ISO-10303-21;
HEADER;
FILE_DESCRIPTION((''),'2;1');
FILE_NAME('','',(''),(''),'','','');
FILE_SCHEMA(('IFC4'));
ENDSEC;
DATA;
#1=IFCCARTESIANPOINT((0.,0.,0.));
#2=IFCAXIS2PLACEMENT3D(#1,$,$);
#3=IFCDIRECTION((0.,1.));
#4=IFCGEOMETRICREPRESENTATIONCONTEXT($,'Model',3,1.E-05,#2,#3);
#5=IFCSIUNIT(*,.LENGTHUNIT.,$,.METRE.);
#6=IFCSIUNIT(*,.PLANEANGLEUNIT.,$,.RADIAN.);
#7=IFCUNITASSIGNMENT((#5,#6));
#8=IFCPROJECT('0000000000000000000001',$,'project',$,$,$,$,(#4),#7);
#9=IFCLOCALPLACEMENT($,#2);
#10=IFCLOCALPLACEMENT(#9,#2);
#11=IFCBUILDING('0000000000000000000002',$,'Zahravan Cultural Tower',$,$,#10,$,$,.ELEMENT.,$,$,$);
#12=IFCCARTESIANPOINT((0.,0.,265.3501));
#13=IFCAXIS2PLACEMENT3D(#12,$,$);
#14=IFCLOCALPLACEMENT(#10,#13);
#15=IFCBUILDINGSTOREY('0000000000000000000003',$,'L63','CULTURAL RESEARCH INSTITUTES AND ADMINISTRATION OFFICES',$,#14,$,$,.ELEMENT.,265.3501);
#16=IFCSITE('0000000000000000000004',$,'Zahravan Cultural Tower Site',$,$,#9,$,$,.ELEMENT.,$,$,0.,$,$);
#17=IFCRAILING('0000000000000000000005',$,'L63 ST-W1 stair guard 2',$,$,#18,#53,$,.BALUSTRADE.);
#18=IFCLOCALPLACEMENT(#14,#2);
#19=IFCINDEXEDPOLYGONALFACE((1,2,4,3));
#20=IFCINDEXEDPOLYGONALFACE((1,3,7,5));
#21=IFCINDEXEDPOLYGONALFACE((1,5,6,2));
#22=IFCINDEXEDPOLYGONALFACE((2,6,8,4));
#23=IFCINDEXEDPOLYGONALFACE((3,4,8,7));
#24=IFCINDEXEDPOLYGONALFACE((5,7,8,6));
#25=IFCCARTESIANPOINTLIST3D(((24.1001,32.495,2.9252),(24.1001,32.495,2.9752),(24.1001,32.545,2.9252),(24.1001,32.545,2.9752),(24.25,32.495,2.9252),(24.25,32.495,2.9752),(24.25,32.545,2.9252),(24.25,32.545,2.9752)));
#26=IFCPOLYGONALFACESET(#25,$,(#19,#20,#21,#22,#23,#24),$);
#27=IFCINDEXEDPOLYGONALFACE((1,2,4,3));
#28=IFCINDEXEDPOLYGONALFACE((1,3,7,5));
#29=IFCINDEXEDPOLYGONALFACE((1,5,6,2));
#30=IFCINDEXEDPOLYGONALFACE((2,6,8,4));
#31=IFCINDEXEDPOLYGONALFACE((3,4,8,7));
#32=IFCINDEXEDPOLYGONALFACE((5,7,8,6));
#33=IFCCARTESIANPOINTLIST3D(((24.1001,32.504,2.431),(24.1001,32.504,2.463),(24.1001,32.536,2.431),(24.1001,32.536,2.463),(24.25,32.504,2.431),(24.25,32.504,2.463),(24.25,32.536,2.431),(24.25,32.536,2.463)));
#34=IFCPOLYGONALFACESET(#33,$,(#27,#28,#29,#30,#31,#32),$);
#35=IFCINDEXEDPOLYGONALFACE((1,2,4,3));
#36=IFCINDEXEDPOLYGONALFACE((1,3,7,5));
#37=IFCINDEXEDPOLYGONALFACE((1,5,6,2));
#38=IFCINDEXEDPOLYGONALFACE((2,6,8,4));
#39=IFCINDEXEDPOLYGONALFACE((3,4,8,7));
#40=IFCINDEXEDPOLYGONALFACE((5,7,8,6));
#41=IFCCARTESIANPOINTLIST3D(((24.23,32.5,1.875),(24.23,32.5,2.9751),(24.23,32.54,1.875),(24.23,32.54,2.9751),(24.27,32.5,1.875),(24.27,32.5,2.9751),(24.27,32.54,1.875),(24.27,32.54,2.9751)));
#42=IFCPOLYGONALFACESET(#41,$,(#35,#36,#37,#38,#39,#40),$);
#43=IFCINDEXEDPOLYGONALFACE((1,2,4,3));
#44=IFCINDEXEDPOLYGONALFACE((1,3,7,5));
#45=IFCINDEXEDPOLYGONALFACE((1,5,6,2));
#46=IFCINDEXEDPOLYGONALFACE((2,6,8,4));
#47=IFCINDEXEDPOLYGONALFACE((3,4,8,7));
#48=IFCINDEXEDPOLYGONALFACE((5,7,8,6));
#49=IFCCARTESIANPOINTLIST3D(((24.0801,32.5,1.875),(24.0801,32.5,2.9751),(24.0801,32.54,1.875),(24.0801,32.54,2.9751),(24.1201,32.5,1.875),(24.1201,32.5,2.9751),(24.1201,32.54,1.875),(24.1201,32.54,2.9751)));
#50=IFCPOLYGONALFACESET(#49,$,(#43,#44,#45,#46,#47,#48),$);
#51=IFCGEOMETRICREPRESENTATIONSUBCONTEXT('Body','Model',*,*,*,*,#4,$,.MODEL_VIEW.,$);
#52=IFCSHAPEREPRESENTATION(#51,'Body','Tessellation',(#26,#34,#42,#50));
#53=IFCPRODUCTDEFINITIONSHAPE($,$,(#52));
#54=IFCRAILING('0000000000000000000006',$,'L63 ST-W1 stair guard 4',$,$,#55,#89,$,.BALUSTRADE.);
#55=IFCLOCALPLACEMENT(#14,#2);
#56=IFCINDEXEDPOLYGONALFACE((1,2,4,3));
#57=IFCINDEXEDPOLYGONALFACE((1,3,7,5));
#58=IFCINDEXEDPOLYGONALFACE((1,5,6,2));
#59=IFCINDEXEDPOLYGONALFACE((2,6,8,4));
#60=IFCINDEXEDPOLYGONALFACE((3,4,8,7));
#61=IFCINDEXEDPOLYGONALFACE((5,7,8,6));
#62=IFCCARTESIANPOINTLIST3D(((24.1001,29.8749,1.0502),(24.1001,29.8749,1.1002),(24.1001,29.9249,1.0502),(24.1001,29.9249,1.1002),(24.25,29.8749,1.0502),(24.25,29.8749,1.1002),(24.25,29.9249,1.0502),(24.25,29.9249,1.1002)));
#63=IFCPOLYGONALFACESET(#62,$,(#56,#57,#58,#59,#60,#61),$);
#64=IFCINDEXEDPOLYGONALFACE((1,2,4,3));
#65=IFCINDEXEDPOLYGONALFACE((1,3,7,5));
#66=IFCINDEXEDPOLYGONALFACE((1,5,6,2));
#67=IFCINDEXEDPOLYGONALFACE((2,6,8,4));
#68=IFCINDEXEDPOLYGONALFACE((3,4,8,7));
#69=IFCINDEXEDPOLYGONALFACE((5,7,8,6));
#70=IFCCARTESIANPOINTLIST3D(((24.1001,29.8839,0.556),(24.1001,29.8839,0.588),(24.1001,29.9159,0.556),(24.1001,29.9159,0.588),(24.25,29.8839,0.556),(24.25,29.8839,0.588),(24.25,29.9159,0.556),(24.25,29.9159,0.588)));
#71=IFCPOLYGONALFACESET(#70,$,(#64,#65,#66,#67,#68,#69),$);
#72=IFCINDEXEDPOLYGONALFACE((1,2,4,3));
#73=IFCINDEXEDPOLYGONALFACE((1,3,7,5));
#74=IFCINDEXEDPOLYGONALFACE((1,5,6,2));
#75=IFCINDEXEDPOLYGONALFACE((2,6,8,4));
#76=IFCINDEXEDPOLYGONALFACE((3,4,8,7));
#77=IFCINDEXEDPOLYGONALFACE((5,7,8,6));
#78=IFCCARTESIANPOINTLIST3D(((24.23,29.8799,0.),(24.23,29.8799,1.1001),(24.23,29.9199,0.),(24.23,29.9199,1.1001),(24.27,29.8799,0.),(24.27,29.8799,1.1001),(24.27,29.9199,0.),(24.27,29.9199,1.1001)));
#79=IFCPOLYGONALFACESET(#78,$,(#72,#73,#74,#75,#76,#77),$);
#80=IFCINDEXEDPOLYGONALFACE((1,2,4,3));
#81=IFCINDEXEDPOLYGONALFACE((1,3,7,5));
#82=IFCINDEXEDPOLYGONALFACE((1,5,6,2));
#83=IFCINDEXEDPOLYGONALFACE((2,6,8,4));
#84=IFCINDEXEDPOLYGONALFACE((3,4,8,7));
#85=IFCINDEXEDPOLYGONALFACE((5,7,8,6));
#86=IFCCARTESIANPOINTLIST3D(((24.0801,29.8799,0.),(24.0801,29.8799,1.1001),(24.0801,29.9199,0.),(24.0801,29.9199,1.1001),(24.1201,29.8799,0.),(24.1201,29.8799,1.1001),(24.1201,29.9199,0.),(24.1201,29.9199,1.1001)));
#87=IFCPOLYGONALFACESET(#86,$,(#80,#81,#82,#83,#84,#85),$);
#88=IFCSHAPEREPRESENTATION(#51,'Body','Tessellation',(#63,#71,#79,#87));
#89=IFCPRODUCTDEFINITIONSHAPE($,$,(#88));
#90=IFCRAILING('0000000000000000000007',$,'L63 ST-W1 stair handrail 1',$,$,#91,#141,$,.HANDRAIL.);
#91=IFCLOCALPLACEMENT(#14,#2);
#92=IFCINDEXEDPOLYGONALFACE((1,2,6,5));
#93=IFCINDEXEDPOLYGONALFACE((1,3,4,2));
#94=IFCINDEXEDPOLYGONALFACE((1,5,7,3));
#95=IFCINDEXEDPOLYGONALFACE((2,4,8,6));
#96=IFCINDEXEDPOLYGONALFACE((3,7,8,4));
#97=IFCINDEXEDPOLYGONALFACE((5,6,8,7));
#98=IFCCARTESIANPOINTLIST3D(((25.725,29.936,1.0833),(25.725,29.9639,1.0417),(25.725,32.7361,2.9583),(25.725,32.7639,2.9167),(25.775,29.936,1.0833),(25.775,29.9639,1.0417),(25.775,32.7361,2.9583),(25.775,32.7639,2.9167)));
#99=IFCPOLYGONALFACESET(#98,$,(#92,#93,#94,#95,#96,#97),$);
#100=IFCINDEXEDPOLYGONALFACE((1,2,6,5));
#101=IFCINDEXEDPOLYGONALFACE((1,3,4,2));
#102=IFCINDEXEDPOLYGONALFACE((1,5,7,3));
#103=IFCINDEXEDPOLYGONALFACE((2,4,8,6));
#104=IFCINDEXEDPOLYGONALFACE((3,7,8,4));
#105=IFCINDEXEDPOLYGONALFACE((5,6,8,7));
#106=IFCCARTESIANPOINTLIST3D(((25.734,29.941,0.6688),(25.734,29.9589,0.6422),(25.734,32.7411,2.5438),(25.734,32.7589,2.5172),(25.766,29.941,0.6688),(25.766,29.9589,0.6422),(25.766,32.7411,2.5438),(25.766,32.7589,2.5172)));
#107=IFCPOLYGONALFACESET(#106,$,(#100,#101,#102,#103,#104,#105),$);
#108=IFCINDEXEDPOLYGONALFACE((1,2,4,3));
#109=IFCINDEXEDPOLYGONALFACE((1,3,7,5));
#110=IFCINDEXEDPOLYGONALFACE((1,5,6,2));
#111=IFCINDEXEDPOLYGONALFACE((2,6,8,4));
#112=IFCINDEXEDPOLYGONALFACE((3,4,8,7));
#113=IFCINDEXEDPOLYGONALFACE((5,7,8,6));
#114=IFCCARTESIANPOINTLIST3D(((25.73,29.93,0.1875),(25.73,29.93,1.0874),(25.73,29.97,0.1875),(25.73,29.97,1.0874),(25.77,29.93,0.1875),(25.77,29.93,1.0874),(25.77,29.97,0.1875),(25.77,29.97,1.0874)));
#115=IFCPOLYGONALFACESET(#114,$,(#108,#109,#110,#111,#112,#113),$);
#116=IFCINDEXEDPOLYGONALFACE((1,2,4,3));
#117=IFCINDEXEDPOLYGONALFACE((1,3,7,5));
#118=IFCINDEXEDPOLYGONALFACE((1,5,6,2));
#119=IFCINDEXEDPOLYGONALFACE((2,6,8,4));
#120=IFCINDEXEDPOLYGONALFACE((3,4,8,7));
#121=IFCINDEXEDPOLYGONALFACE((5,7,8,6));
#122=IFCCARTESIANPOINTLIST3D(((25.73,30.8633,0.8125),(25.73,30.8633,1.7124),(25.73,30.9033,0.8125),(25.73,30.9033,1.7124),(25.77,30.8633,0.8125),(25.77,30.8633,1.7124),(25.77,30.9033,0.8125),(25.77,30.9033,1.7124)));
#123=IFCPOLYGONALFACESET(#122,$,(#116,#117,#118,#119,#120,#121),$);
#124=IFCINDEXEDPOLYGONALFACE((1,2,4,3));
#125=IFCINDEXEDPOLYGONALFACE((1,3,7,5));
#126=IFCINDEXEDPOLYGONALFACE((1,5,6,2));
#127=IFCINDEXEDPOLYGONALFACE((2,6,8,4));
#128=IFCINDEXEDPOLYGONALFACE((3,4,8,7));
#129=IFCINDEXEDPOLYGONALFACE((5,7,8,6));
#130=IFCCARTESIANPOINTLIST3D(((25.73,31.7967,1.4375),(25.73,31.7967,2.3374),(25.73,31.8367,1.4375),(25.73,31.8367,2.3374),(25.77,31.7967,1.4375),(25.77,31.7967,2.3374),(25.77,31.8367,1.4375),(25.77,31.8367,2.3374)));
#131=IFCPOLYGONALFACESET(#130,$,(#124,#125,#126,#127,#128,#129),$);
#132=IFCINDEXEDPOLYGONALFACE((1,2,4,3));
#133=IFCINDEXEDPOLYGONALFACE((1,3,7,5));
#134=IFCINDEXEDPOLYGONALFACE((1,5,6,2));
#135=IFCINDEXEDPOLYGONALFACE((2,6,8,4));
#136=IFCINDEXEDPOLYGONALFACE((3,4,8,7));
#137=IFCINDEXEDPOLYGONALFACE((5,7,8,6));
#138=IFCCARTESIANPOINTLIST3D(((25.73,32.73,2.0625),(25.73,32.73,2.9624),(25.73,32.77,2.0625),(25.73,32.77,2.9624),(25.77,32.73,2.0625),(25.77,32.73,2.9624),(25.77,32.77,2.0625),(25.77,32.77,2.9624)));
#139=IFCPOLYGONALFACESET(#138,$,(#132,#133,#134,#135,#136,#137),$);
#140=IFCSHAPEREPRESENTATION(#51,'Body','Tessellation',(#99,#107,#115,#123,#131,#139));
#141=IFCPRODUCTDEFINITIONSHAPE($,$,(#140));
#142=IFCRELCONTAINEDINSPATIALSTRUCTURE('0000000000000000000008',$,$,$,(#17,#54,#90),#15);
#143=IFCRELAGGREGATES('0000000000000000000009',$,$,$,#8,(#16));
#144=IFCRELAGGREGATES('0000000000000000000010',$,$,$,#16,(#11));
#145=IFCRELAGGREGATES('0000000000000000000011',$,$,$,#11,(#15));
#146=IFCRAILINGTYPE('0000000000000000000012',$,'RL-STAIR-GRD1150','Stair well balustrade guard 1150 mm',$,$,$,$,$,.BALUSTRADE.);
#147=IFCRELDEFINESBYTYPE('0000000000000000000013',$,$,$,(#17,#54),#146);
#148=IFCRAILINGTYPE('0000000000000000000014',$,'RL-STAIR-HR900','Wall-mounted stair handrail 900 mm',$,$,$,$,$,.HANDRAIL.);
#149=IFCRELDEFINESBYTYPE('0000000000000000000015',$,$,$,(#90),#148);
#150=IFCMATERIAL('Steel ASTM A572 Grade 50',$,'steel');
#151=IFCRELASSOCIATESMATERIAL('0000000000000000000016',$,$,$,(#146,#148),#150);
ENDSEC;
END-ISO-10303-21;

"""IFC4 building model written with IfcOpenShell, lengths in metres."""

from ifc_helpers import new_model, si_unit, direction, frame, origin, origin_2d, place, context, subcontext, project, spatial, rectangle, extrude, material, type_object, element, save


model = new_model("IFC4")

# Units and contexts
model_context = context("Model", 3, precision=1e-05, world=origin(), true_north=direction((0.0, 1.0)))
body_context = subcontext(model_context, "Body", "Model", "MODEL_VIEW")
ifc_project = project(units=[si_unit("LENGTHUNIT", "METRE"), si_unit("PLANEANGLEUNIT", "RADIAN")], contexts=[model_context])

# Site, building, storey
site_placement = place(None, origin())
site = spatial("IfcSite", under=ifc_project, at=site_placement, Name="Zahravan Cultural Tower Site", CompositionType="ELEMENT", RefElevation=0.0)
building_placement = place(site_placement, origin())
building = spatial("IfcBuilding", under=site, at=building_placement, Name="Zahravan Cultural Tower", CompositionType="ELEMENT")
storey_placement = place(building_placement, frame((0.0, 0.0, 265.3501)))
storey = spatial("IfcBuildingStorey", under=building, at=storey_placement, Name="L63", Description="CULTURAL RESEARCH INSTITUTES AND ADMINISTRATION OFFICES", CompositionType="ELEMENT", Elevation=265.3501)

# Shared definitions
ifc_material_1 = material(Name="Steel ASTM A572 Grade 50", Category="steel")

# Railings
railing_type_1 = type_object("IfcRailingType", Name="RL-STAIR-GRD1150", Description="Stair well balustrade guard 1150 mm", PredefinedType="BALUSTRADE", material=ifc_material_1)
for number, where, name in (
    (1, (24.25, 32.52, 1.875), "L63 ST-W1 stair guard 2"),
    (2, (24.25, 29.8999, 0.0), "L63 ST-W1 stair guard 4"),
):
    element("IfcRailing", number, at=place(storey_placement, frame(where)), inside=storey, type_object=railing_type_1, Name=name, PredefinedType="BALUSTRADE", context=body_context, shape_type="SweptSolid", body=[
        extrude(rectangle(XDim=0.05, YDim=0.05, at=origin_2d()), frame((0.0, 0.0, 1.0752), z_axis=(-1.0, 0.0, 0.0), x_axis=(0.0, -1.0, 0.0)), (0.0, 0.0, 1.0), 0.1499),
        extrude(rectangle(XDim=0.032, YDim=0.032, at=origin_2d()), frame((0.0, 0.0, 0.572), z_axis=(-1.0, 0.0, 0.0), x_axis=(0.0, -1.0, 0.0)), (0.0, 0.0, 1.0), 0.1499),
        extrude(rectangle(XDim=0.04, YDim=0.04, at=origin_2d()), origin(), (0.0, 0.0, 1.0), 1.1001),
        extrude(rectangle(XDim=0.04, YDim=0.04, at=origin_2d()), frame((-0.1499, 0.0, 0.0)), (0.0, 0.0, 1.0), 1.1001),
    ])
railing_type_2 = type_object("IfcRailingType", Name="RL-STAIR-HR900", Description="Wall-mounted stair handrail 900 mm", PredefinedType="HANDRAIL", material=ifc_material_1)
railing_1_placement = place(storey_placement, frame((25.75, 29.95, 0.1875)))
element("IfcRailing", 3, at=railing_1_placement, inside=storey, type_object=railing_type_2, Name="L63 ST-W1 stair handrail 1", PredefinedType="HANDRAIL", context=body_context, shape_type="SweptSolid", body=[
    extrude(rectangle(XDim=0.05, YDim=0.05, at=origin_2d()), frame((0.0, 0.0, 0.875), z_axis=(0.0, 0.830912, 0.556404), x_axis=(-1.0, 0.0, 0.0)), (0.0, 0.0, 1.0), 3.3699),
    extrude(rectangle(XDim=0.032, YDim=0.032, at=origin_2d()), frame((0.0, 0.0, 0.468), z_axis=(0.0, 0.830912, 0.556404), x_axis=(-1.0, 0.0, 0.0)), (0.0, 0.0, 1.0), 3.3699),
    extrude(rectangle(XDim=0.04, YDim=0.04, at=origin_2d()), origin(), (0.0, 0.0, 1.0), 0.8999),
    extrude(rectangle(XDim=0.04, YDim=0.04, at=origin_2d()), frame((0.0, 0.9333, 0.625)), (0.0, 0.0, 1.0), 0.8999),
    extrude(rectangle(XDim=0.04, YDim=0.04, at=origin_2d()), frame((0.0, 1.8667, 1.25)), (0.0, 0.0, 1.0), 0.8999),
    extrude(rectangle(XDim=0.04, YDim=0.04, at=origin_2d()), frame((0.0, 2.8, 1.875)), (0.0, 0.0, 1.0), 0.8999),
])

save(model, "model.ifc")
